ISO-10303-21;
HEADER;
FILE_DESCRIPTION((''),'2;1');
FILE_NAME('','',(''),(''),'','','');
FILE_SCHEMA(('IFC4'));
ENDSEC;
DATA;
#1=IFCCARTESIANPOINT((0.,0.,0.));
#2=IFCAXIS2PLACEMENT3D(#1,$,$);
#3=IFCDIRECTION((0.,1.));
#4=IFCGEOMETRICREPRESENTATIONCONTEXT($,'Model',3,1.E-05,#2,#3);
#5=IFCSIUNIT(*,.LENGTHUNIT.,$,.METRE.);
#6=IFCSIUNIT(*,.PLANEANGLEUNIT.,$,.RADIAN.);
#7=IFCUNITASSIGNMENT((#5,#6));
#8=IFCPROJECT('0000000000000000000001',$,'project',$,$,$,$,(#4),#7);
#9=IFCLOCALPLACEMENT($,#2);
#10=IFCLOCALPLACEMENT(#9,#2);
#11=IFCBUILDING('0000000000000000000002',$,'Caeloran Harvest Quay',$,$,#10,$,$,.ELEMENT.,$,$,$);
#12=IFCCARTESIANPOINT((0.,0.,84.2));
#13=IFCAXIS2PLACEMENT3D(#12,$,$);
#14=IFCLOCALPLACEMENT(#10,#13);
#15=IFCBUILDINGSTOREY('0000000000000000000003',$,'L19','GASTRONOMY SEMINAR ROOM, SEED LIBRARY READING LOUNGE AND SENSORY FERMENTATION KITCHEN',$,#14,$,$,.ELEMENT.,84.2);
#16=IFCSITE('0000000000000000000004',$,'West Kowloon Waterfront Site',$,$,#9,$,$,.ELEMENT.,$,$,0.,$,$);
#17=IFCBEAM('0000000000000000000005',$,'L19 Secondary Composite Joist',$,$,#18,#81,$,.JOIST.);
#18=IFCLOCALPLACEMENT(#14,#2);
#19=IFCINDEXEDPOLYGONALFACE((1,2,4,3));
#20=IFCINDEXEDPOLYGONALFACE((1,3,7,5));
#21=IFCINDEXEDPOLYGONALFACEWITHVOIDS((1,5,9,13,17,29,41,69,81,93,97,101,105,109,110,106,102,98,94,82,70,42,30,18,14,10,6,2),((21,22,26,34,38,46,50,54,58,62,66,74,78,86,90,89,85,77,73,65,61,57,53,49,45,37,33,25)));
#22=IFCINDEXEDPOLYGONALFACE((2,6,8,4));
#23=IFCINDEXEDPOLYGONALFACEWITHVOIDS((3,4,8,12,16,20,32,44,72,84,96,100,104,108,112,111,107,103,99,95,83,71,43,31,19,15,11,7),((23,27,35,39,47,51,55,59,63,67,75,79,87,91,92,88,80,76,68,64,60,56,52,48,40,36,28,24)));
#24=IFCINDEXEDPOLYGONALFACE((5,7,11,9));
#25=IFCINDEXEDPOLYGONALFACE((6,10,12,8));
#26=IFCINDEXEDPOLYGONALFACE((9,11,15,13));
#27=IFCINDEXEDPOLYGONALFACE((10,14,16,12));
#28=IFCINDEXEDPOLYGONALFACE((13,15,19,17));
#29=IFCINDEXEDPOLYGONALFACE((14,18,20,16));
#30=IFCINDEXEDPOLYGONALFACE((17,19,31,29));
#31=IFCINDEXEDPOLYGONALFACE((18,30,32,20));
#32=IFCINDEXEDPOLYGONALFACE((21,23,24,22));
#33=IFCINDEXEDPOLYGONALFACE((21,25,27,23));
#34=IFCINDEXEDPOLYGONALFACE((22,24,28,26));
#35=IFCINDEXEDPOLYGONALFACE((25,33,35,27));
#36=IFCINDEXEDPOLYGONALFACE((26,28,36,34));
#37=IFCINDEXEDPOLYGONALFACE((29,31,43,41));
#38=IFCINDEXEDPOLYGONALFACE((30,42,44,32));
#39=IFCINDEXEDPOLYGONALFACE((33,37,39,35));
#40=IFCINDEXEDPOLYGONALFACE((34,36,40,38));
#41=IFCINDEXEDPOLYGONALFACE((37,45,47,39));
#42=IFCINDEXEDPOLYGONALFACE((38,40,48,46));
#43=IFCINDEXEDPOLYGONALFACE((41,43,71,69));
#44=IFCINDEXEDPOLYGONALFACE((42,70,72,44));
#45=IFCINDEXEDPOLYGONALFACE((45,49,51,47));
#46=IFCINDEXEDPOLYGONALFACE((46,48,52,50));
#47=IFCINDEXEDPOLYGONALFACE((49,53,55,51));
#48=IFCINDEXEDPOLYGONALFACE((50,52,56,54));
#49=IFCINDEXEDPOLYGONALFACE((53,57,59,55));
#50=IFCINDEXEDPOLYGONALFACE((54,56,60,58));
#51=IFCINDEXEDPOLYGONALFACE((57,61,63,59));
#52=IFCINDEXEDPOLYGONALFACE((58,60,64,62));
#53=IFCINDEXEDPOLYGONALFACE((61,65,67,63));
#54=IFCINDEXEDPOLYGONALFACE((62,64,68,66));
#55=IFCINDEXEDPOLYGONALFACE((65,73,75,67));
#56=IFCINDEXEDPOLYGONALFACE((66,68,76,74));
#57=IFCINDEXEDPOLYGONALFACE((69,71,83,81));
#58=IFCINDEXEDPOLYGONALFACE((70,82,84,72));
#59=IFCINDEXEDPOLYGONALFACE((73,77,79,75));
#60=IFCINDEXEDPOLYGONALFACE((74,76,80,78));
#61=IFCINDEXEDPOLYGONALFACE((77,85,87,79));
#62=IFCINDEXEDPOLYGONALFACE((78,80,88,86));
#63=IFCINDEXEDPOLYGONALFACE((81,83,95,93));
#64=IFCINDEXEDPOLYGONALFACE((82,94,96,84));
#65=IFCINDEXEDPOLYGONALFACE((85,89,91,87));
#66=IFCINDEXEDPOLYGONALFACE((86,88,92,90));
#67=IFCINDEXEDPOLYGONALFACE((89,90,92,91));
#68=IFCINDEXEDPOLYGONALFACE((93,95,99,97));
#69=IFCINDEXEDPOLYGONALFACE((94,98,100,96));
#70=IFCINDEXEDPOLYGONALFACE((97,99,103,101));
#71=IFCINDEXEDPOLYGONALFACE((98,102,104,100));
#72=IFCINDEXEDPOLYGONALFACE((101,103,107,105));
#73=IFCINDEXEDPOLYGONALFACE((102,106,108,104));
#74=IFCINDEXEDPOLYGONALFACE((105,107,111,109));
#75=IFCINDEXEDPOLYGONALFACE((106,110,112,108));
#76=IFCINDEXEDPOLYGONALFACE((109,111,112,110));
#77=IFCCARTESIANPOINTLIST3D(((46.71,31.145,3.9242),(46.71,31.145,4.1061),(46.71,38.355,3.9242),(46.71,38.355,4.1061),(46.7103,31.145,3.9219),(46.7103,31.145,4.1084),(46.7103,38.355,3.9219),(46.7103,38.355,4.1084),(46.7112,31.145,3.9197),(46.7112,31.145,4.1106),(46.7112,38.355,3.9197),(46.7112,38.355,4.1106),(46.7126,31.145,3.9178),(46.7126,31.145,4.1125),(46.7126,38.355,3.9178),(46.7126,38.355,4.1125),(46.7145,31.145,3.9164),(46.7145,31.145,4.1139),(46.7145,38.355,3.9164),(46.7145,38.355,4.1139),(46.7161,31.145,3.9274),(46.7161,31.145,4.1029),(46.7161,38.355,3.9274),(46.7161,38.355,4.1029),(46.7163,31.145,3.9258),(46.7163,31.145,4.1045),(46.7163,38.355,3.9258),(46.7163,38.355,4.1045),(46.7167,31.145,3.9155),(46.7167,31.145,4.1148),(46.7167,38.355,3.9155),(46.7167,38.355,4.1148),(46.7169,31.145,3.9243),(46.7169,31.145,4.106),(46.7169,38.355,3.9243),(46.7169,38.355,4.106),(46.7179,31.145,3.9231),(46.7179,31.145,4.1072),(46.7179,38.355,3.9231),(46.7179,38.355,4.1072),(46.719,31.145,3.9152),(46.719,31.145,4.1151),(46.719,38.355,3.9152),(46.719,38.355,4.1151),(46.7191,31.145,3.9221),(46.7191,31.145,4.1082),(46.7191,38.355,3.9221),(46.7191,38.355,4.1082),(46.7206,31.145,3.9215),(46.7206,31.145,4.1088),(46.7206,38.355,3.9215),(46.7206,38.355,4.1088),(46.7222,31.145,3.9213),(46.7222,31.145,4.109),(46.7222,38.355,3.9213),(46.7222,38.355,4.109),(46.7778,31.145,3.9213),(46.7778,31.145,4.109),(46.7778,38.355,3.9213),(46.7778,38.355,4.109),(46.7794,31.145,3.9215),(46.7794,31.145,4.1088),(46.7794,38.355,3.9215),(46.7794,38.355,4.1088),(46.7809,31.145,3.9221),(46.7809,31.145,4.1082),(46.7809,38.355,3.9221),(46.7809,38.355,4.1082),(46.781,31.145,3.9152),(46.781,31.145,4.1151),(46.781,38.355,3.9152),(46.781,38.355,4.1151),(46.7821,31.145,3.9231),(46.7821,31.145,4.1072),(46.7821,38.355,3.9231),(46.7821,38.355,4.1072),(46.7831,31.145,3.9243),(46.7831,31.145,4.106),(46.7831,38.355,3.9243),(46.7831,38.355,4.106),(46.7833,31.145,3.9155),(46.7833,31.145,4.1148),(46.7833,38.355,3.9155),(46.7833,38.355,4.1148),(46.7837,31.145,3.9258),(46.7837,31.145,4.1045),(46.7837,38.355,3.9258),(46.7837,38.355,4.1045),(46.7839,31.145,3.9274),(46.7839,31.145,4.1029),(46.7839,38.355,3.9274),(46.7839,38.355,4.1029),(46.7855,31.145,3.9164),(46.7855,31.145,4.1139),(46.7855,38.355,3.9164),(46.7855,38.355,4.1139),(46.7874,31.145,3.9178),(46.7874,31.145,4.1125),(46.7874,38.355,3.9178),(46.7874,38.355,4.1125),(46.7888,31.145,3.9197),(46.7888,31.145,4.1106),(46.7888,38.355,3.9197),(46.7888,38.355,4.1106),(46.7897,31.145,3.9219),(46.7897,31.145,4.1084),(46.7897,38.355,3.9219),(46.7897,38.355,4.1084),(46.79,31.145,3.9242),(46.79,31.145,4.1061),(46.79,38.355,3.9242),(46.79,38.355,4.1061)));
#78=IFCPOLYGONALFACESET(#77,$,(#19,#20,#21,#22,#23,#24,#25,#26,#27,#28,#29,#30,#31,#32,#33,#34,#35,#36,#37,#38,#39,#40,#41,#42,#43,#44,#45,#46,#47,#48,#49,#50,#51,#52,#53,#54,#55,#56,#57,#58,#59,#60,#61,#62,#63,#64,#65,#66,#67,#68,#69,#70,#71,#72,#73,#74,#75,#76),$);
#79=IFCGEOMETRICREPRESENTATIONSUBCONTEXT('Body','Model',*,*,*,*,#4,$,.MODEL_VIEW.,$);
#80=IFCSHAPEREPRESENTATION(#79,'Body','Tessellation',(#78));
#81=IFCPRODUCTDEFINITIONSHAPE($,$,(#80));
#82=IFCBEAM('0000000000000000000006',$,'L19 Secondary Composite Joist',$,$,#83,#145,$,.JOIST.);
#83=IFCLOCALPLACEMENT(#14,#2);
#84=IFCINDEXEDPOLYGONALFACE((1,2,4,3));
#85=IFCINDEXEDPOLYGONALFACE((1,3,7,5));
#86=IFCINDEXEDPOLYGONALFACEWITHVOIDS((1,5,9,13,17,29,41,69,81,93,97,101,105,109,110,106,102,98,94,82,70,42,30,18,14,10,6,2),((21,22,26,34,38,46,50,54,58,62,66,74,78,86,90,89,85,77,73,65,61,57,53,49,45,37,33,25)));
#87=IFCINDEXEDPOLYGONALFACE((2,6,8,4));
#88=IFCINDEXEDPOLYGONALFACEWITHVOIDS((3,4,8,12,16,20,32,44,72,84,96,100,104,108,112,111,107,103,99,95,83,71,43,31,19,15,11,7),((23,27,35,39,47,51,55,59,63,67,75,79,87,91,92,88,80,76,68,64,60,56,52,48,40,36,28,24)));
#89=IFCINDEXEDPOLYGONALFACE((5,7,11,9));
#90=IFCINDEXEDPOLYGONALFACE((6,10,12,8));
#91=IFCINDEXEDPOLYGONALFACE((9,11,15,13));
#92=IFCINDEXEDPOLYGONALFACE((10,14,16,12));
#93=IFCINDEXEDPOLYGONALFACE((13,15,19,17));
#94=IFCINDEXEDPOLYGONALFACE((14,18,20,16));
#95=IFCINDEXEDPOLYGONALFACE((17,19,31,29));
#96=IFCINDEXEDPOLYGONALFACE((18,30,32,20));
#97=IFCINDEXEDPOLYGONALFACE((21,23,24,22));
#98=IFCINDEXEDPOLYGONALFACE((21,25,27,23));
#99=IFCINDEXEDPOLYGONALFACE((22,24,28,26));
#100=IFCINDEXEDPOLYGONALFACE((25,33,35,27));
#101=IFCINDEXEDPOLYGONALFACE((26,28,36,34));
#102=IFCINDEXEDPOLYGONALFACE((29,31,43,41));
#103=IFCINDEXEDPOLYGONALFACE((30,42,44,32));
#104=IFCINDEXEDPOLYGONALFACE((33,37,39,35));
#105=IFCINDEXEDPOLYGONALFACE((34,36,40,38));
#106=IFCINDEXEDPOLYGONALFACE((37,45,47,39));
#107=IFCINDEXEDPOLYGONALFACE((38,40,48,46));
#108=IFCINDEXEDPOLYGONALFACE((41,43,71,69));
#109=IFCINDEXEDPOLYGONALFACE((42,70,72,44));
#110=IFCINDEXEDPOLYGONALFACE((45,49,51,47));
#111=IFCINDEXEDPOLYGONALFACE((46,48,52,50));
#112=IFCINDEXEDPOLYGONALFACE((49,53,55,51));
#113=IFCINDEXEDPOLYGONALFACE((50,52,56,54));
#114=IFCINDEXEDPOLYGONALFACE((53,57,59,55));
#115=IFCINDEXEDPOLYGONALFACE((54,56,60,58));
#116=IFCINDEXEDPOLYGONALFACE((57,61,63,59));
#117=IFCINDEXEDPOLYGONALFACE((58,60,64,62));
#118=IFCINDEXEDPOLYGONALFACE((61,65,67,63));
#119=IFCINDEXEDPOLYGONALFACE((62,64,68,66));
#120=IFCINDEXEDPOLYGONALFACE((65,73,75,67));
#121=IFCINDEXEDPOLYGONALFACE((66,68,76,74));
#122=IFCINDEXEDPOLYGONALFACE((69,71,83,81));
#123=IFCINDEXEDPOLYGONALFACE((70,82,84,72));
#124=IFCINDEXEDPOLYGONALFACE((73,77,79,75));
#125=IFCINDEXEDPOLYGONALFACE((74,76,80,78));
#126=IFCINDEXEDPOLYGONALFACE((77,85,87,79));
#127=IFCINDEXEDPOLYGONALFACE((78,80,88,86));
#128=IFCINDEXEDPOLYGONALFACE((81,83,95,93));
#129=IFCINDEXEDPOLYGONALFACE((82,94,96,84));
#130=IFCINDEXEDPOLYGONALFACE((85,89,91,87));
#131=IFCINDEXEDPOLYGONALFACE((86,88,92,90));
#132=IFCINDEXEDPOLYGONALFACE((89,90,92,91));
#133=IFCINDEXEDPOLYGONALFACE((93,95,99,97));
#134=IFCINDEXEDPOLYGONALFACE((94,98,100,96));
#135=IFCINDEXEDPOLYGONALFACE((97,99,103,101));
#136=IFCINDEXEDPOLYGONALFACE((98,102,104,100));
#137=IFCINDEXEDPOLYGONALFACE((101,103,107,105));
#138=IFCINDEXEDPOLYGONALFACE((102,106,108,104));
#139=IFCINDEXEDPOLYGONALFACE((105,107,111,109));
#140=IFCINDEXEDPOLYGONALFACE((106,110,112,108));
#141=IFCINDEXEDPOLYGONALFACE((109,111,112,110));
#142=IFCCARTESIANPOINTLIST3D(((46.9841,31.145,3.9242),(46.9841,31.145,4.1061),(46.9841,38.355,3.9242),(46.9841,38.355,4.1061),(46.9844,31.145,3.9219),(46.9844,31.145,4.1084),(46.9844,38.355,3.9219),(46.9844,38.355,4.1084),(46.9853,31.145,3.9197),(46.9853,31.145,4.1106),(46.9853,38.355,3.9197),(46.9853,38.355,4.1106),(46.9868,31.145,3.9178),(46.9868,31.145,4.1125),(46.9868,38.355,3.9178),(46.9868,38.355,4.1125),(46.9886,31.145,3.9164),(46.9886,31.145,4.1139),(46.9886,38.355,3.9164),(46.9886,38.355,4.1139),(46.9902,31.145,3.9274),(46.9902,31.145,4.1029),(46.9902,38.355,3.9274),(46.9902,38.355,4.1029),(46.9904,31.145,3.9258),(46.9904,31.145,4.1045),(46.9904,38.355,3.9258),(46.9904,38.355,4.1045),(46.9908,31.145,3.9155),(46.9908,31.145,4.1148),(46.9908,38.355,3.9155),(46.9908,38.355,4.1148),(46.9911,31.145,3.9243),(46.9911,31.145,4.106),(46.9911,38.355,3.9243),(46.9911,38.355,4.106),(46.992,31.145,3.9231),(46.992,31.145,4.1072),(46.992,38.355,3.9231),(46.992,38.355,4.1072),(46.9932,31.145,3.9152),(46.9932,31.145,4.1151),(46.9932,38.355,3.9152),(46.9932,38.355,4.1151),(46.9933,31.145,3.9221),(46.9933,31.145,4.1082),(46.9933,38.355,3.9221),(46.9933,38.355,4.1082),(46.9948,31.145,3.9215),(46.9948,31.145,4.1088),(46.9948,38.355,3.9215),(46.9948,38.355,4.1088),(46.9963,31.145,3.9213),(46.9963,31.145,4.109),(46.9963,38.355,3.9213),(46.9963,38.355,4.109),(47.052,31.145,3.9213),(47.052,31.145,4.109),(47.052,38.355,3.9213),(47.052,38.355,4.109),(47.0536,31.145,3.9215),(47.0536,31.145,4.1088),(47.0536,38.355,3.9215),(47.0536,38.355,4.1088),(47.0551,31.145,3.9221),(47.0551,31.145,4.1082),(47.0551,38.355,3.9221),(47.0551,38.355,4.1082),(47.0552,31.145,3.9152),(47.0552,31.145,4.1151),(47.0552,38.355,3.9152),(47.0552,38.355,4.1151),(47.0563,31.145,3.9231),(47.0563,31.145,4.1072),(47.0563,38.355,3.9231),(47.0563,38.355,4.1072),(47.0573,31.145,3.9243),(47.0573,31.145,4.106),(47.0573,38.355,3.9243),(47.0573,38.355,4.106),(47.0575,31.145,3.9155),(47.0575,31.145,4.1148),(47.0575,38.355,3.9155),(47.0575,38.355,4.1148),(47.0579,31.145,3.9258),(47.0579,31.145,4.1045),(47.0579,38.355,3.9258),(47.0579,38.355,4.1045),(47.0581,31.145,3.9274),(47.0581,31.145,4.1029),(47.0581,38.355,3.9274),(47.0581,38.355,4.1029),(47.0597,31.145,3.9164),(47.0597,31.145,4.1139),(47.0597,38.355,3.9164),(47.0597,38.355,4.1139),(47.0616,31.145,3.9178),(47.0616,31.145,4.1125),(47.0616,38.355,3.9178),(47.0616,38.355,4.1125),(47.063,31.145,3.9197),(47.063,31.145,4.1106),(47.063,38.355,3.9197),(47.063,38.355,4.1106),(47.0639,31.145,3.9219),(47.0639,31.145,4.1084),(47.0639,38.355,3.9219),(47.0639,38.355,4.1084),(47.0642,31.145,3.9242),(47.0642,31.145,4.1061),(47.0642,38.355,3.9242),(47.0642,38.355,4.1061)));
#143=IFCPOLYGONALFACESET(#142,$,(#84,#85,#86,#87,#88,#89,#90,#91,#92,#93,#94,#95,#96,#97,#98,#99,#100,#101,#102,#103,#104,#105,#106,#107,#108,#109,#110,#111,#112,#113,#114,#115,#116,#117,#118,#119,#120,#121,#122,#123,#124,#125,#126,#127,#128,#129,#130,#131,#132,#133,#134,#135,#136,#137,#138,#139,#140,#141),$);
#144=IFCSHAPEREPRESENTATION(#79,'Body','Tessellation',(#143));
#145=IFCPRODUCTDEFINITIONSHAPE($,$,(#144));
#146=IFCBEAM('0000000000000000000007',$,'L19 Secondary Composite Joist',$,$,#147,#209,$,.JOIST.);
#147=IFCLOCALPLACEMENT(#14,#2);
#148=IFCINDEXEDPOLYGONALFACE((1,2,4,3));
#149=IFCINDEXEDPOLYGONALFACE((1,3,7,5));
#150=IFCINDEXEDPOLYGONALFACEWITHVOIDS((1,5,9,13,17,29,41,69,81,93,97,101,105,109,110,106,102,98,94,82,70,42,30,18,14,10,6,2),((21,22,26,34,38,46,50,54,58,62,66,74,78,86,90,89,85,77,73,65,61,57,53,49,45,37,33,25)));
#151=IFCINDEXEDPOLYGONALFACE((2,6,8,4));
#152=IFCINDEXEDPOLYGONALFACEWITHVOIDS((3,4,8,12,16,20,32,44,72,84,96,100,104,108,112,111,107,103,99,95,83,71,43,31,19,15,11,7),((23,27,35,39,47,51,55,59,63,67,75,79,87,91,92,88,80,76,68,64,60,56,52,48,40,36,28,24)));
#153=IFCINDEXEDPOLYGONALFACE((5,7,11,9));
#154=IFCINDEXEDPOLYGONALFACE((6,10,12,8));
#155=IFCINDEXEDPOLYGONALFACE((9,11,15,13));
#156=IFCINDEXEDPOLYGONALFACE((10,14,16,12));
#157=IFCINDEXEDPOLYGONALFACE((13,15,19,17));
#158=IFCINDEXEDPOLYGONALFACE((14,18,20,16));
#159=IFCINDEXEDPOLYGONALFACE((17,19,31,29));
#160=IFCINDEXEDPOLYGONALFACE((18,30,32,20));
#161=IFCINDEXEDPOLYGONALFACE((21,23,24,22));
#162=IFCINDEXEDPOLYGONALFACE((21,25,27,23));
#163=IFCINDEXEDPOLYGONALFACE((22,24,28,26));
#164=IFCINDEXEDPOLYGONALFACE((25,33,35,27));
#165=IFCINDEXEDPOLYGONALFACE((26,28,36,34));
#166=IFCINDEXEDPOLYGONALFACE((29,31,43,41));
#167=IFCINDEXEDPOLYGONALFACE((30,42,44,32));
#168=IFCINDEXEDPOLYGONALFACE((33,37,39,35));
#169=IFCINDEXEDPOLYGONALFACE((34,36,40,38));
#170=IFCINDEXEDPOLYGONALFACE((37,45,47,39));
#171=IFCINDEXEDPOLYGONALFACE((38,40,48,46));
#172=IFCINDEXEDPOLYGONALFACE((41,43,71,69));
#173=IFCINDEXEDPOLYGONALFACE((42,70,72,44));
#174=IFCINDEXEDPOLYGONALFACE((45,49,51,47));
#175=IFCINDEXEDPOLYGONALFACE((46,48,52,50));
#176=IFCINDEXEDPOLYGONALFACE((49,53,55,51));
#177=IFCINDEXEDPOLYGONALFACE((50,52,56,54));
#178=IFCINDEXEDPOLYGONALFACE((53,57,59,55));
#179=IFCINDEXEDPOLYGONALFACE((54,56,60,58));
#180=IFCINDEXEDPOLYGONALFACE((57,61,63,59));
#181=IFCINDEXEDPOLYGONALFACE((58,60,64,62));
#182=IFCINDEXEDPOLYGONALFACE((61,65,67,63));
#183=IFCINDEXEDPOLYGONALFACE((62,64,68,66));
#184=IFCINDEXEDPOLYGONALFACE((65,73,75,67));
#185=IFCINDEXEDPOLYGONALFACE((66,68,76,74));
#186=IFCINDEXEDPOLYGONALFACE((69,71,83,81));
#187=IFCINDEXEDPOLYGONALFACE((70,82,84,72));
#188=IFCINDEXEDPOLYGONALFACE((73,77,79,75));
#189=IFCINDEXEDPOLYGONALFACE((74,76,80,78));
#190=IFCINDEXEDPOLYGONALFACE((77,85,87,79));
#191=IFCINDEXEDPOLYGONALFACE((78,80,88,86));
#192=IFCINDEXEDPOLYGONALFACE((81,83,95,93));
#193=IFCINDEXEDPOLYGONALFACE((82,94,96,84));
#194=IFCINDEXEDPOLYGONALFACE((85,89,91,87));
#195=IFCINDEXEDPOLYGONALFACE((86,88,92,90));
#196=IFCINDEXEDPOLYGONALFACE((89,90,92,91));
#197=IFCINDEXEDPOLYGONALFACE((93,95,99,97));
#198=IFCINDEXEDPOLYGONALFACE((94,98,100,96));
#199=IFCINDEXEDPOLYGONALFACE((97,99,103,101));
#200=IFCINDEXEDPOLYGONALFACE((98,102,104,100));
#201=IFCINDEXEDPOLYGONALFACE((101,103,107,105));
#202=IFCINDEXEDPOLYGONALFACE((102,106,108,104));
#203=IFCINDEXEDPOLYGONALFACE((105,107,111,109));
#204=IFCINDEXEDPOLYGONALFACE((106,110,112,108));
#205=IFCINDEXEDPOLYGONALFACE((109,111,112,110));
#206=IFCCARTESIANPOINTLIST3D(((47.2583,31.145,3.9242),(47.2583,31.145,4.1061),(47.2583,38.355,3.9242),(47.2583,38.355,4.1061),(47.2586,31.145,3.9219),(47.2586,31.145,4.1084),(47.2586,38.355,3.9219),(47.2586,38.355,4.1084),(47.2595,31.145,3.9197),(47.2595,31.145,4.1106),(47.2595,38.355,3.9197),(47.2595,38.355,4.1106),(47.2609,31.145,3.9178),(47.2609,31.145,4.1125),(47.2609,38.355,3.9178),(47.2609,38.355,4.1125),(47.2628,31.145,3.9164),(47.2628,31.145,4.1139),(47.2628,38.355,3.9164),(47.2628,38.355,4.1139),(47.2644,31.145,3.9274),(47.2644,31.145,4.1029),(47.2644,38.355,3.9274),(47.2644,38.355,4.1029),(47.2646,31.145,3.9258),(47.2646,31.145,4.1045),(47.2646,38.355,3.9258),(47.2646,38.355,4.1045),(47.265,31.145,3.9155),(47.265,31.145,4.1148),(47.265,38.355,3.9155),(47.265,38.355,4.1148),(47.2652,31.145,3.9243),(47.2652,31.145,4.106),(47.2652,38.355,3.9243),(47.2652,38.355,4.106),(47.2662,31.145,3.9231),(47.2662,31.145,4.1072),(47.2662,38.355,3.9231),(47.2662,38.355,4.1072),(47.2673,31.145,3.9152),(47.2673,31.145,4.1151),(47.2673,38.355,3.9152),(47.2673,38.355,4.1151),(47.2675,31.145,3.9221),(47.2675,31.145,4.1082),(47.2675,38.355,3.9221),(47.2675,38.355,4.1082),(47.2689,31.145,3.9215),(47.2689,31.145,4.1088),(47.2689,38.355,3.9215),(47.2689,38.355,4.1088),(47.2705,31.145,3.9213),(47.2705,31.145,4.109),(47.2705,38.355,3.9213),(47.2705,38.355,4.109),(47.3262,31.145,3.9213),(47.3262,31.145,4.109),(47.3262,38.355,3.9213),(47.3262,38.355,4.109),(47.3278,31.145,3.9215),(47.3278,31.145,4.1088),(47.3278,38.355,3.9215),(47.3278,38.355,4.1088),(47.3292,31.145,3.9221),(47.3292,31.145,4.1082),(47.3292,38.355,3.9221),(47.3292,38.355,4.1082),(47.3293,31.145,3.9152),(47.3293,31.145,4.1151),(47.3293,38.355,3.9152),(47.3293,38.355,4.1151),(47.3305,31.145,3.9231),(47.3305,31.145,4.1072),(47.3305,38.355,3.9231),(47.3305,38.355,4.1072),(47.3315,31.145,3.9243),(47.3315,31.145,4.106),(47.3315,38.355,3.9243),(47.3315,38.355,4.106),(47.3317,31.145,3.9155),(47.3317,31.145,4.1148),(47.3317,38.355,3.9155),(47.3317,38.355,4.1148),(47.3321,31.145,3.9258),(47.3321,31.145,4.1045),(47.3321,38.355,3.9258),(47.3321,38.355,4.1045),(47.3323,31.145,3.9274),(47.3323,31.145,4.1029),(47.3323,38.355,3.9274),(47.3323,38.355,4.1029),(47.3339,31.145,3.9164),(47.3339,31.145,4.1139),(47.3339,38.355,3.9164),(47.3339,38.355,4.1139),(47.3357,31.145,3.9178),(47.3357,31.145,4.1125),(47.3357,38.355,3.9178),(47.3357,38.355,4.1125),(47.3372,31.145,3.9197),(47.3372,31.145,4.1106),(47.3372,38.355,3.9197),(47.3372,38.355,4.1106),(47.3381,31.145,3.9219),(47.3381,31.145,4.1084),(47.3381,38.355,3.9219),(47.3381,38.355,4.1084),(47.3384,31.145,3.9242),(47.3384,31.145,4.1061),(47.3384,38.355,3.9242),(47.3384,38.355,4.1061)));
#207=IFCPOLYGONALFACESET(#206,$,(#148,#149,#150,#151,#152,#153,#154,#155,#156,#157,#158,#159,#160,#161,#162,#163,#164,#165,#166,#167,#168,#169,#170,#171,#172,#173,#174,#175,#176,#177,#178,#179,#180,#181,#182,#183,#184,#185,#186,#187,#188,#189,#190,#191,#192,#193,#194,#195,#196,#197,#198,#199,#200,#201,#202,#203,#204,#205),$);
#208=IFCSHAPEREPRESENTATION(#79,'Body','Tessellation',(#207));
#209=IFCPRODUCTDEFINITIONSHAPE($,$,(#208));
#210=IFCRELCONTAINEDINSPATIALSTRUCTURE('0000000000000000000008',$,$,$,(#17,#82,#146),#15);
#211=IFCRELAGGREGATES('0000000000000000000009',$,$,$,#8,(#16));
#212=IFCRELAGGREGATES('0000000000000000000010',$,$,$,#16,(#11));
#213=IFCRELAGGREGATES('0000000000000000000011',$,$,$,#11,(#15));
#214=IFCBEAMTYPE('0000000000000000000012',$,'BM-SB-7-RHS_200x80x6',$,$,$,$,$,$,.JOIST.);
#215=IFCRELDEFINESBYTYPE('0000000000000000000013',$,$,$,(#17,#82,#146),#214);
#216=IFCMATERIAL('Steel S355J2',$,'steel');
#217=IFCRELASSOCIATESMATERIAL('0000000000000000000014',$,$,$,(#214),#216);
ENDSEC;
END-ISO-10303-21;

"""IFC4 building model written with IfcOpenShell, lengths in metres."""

from ifc_helpers import new_model, si_unit, direction, frame, origin, origin_2d, place, context, subcontext, project, spatial, hollow_rectangle, extrude, material, material_profile, profile_set, type_object, element, save


model = new_model("IFC4")

# Units and contexts
model_context = context("Model", 3, precision=1e-05, world=origin(), true_north=direction((0.0, 1.0)))
body_context = subcontext(model_context, "Body", "Model", "MODEL_VIEW")
ifc_project = project(units=[si_unit("LENGTHUNIT", "METRE"), si_unit("PLANEANGLEUNIT", "RADIAN")], contexts=[model_context])

# Site, building, storey
site_placement = place(None, origin())
site = spatial("IfcSite", under=ifc_project, at=site_placement, Name="West Kowloon Waterfront Site", CompositionType="ELEMENT", RefElevation=0.0)
building_placement = place(site_placement, origin())
building = spatial("IfcBuilding", under=site, at=building_placement, Name="Caeloran Harvest Quay", CompositionType="ELEMENT")
storey_placement = place(building_placement, frame((0.0, 0.0, 84.2)))
storey = spatial("IfcBuildingStorey", under=building, at=storey_placement, Name="L19", Description="GASTRONOMY SEMINAR ROOM, SEED LIBRARY READING LOUNGE AND SENSORY FERMENTATION KITCHEN", CompositionType="ELEMENT", Elevation=84.2)

# Beams
ifc_material_1 = material(Name="Steel S355J2", Category="steel")
ifc_material_profile_1 = material_profile(ifc_material_1, hollow_rectangle(XDim=0.0801, YDim=0.2, WallThickness=0.0061, InnerFilletRadius=0.0061, OuterFilletRadius=0.009, at=origin_2d()), Name="RHS 200x80x6")
ifc_profile_set_1 = profile_set([ifc_material_profile_1], Name="Steel S355J2")
beam_type_1 = type_object("IfcBeamType", Name="BM-SB-7-RHS_200x80x6", PredefinedType="JOIST", material=ifc_profile_set_1)
for number, where, z_axis, x_axis, name in (
    (1, (46.75, 31.145, 4.0151), (0.0, 1.0, 0.0), (-1.0, 0.0, 0.0), "L19 Secondary Composite Joist"),
    (2, (47.0242, 31.145, 4.0151), (0.0, 1.0, 0.0), (-1.0, 0.0, 0.0), "L19 Secondary Composite Joist"),
    (3, (47.2983, 31.145, 4.0151), (0.0, 1.0, 0.0), (-1.0, 0.0, 0.0), "L19 Secondary Composite Joist"),
):
    element("IfcBeam", number, at=place(storey_placement, frame(where, z_axis=z_axis, x_axis=x_axis)), inside=storey, type_object=beam_type_1, Name=name, PredefinedType="JOIST", context=body_context, shape_type="SweptSolid", body=[
        extrude(hollow_rectangle(XDim=0.0801, YDim=0.2, WallThickness=0.0061, InnerFilletRadius=0.0061, OuterFilletRadius=0.009, at=origin_2d()), origin(), (0.0, 0.0, 1.0), 7.21),
    ])

save(model, "model.ifc")
